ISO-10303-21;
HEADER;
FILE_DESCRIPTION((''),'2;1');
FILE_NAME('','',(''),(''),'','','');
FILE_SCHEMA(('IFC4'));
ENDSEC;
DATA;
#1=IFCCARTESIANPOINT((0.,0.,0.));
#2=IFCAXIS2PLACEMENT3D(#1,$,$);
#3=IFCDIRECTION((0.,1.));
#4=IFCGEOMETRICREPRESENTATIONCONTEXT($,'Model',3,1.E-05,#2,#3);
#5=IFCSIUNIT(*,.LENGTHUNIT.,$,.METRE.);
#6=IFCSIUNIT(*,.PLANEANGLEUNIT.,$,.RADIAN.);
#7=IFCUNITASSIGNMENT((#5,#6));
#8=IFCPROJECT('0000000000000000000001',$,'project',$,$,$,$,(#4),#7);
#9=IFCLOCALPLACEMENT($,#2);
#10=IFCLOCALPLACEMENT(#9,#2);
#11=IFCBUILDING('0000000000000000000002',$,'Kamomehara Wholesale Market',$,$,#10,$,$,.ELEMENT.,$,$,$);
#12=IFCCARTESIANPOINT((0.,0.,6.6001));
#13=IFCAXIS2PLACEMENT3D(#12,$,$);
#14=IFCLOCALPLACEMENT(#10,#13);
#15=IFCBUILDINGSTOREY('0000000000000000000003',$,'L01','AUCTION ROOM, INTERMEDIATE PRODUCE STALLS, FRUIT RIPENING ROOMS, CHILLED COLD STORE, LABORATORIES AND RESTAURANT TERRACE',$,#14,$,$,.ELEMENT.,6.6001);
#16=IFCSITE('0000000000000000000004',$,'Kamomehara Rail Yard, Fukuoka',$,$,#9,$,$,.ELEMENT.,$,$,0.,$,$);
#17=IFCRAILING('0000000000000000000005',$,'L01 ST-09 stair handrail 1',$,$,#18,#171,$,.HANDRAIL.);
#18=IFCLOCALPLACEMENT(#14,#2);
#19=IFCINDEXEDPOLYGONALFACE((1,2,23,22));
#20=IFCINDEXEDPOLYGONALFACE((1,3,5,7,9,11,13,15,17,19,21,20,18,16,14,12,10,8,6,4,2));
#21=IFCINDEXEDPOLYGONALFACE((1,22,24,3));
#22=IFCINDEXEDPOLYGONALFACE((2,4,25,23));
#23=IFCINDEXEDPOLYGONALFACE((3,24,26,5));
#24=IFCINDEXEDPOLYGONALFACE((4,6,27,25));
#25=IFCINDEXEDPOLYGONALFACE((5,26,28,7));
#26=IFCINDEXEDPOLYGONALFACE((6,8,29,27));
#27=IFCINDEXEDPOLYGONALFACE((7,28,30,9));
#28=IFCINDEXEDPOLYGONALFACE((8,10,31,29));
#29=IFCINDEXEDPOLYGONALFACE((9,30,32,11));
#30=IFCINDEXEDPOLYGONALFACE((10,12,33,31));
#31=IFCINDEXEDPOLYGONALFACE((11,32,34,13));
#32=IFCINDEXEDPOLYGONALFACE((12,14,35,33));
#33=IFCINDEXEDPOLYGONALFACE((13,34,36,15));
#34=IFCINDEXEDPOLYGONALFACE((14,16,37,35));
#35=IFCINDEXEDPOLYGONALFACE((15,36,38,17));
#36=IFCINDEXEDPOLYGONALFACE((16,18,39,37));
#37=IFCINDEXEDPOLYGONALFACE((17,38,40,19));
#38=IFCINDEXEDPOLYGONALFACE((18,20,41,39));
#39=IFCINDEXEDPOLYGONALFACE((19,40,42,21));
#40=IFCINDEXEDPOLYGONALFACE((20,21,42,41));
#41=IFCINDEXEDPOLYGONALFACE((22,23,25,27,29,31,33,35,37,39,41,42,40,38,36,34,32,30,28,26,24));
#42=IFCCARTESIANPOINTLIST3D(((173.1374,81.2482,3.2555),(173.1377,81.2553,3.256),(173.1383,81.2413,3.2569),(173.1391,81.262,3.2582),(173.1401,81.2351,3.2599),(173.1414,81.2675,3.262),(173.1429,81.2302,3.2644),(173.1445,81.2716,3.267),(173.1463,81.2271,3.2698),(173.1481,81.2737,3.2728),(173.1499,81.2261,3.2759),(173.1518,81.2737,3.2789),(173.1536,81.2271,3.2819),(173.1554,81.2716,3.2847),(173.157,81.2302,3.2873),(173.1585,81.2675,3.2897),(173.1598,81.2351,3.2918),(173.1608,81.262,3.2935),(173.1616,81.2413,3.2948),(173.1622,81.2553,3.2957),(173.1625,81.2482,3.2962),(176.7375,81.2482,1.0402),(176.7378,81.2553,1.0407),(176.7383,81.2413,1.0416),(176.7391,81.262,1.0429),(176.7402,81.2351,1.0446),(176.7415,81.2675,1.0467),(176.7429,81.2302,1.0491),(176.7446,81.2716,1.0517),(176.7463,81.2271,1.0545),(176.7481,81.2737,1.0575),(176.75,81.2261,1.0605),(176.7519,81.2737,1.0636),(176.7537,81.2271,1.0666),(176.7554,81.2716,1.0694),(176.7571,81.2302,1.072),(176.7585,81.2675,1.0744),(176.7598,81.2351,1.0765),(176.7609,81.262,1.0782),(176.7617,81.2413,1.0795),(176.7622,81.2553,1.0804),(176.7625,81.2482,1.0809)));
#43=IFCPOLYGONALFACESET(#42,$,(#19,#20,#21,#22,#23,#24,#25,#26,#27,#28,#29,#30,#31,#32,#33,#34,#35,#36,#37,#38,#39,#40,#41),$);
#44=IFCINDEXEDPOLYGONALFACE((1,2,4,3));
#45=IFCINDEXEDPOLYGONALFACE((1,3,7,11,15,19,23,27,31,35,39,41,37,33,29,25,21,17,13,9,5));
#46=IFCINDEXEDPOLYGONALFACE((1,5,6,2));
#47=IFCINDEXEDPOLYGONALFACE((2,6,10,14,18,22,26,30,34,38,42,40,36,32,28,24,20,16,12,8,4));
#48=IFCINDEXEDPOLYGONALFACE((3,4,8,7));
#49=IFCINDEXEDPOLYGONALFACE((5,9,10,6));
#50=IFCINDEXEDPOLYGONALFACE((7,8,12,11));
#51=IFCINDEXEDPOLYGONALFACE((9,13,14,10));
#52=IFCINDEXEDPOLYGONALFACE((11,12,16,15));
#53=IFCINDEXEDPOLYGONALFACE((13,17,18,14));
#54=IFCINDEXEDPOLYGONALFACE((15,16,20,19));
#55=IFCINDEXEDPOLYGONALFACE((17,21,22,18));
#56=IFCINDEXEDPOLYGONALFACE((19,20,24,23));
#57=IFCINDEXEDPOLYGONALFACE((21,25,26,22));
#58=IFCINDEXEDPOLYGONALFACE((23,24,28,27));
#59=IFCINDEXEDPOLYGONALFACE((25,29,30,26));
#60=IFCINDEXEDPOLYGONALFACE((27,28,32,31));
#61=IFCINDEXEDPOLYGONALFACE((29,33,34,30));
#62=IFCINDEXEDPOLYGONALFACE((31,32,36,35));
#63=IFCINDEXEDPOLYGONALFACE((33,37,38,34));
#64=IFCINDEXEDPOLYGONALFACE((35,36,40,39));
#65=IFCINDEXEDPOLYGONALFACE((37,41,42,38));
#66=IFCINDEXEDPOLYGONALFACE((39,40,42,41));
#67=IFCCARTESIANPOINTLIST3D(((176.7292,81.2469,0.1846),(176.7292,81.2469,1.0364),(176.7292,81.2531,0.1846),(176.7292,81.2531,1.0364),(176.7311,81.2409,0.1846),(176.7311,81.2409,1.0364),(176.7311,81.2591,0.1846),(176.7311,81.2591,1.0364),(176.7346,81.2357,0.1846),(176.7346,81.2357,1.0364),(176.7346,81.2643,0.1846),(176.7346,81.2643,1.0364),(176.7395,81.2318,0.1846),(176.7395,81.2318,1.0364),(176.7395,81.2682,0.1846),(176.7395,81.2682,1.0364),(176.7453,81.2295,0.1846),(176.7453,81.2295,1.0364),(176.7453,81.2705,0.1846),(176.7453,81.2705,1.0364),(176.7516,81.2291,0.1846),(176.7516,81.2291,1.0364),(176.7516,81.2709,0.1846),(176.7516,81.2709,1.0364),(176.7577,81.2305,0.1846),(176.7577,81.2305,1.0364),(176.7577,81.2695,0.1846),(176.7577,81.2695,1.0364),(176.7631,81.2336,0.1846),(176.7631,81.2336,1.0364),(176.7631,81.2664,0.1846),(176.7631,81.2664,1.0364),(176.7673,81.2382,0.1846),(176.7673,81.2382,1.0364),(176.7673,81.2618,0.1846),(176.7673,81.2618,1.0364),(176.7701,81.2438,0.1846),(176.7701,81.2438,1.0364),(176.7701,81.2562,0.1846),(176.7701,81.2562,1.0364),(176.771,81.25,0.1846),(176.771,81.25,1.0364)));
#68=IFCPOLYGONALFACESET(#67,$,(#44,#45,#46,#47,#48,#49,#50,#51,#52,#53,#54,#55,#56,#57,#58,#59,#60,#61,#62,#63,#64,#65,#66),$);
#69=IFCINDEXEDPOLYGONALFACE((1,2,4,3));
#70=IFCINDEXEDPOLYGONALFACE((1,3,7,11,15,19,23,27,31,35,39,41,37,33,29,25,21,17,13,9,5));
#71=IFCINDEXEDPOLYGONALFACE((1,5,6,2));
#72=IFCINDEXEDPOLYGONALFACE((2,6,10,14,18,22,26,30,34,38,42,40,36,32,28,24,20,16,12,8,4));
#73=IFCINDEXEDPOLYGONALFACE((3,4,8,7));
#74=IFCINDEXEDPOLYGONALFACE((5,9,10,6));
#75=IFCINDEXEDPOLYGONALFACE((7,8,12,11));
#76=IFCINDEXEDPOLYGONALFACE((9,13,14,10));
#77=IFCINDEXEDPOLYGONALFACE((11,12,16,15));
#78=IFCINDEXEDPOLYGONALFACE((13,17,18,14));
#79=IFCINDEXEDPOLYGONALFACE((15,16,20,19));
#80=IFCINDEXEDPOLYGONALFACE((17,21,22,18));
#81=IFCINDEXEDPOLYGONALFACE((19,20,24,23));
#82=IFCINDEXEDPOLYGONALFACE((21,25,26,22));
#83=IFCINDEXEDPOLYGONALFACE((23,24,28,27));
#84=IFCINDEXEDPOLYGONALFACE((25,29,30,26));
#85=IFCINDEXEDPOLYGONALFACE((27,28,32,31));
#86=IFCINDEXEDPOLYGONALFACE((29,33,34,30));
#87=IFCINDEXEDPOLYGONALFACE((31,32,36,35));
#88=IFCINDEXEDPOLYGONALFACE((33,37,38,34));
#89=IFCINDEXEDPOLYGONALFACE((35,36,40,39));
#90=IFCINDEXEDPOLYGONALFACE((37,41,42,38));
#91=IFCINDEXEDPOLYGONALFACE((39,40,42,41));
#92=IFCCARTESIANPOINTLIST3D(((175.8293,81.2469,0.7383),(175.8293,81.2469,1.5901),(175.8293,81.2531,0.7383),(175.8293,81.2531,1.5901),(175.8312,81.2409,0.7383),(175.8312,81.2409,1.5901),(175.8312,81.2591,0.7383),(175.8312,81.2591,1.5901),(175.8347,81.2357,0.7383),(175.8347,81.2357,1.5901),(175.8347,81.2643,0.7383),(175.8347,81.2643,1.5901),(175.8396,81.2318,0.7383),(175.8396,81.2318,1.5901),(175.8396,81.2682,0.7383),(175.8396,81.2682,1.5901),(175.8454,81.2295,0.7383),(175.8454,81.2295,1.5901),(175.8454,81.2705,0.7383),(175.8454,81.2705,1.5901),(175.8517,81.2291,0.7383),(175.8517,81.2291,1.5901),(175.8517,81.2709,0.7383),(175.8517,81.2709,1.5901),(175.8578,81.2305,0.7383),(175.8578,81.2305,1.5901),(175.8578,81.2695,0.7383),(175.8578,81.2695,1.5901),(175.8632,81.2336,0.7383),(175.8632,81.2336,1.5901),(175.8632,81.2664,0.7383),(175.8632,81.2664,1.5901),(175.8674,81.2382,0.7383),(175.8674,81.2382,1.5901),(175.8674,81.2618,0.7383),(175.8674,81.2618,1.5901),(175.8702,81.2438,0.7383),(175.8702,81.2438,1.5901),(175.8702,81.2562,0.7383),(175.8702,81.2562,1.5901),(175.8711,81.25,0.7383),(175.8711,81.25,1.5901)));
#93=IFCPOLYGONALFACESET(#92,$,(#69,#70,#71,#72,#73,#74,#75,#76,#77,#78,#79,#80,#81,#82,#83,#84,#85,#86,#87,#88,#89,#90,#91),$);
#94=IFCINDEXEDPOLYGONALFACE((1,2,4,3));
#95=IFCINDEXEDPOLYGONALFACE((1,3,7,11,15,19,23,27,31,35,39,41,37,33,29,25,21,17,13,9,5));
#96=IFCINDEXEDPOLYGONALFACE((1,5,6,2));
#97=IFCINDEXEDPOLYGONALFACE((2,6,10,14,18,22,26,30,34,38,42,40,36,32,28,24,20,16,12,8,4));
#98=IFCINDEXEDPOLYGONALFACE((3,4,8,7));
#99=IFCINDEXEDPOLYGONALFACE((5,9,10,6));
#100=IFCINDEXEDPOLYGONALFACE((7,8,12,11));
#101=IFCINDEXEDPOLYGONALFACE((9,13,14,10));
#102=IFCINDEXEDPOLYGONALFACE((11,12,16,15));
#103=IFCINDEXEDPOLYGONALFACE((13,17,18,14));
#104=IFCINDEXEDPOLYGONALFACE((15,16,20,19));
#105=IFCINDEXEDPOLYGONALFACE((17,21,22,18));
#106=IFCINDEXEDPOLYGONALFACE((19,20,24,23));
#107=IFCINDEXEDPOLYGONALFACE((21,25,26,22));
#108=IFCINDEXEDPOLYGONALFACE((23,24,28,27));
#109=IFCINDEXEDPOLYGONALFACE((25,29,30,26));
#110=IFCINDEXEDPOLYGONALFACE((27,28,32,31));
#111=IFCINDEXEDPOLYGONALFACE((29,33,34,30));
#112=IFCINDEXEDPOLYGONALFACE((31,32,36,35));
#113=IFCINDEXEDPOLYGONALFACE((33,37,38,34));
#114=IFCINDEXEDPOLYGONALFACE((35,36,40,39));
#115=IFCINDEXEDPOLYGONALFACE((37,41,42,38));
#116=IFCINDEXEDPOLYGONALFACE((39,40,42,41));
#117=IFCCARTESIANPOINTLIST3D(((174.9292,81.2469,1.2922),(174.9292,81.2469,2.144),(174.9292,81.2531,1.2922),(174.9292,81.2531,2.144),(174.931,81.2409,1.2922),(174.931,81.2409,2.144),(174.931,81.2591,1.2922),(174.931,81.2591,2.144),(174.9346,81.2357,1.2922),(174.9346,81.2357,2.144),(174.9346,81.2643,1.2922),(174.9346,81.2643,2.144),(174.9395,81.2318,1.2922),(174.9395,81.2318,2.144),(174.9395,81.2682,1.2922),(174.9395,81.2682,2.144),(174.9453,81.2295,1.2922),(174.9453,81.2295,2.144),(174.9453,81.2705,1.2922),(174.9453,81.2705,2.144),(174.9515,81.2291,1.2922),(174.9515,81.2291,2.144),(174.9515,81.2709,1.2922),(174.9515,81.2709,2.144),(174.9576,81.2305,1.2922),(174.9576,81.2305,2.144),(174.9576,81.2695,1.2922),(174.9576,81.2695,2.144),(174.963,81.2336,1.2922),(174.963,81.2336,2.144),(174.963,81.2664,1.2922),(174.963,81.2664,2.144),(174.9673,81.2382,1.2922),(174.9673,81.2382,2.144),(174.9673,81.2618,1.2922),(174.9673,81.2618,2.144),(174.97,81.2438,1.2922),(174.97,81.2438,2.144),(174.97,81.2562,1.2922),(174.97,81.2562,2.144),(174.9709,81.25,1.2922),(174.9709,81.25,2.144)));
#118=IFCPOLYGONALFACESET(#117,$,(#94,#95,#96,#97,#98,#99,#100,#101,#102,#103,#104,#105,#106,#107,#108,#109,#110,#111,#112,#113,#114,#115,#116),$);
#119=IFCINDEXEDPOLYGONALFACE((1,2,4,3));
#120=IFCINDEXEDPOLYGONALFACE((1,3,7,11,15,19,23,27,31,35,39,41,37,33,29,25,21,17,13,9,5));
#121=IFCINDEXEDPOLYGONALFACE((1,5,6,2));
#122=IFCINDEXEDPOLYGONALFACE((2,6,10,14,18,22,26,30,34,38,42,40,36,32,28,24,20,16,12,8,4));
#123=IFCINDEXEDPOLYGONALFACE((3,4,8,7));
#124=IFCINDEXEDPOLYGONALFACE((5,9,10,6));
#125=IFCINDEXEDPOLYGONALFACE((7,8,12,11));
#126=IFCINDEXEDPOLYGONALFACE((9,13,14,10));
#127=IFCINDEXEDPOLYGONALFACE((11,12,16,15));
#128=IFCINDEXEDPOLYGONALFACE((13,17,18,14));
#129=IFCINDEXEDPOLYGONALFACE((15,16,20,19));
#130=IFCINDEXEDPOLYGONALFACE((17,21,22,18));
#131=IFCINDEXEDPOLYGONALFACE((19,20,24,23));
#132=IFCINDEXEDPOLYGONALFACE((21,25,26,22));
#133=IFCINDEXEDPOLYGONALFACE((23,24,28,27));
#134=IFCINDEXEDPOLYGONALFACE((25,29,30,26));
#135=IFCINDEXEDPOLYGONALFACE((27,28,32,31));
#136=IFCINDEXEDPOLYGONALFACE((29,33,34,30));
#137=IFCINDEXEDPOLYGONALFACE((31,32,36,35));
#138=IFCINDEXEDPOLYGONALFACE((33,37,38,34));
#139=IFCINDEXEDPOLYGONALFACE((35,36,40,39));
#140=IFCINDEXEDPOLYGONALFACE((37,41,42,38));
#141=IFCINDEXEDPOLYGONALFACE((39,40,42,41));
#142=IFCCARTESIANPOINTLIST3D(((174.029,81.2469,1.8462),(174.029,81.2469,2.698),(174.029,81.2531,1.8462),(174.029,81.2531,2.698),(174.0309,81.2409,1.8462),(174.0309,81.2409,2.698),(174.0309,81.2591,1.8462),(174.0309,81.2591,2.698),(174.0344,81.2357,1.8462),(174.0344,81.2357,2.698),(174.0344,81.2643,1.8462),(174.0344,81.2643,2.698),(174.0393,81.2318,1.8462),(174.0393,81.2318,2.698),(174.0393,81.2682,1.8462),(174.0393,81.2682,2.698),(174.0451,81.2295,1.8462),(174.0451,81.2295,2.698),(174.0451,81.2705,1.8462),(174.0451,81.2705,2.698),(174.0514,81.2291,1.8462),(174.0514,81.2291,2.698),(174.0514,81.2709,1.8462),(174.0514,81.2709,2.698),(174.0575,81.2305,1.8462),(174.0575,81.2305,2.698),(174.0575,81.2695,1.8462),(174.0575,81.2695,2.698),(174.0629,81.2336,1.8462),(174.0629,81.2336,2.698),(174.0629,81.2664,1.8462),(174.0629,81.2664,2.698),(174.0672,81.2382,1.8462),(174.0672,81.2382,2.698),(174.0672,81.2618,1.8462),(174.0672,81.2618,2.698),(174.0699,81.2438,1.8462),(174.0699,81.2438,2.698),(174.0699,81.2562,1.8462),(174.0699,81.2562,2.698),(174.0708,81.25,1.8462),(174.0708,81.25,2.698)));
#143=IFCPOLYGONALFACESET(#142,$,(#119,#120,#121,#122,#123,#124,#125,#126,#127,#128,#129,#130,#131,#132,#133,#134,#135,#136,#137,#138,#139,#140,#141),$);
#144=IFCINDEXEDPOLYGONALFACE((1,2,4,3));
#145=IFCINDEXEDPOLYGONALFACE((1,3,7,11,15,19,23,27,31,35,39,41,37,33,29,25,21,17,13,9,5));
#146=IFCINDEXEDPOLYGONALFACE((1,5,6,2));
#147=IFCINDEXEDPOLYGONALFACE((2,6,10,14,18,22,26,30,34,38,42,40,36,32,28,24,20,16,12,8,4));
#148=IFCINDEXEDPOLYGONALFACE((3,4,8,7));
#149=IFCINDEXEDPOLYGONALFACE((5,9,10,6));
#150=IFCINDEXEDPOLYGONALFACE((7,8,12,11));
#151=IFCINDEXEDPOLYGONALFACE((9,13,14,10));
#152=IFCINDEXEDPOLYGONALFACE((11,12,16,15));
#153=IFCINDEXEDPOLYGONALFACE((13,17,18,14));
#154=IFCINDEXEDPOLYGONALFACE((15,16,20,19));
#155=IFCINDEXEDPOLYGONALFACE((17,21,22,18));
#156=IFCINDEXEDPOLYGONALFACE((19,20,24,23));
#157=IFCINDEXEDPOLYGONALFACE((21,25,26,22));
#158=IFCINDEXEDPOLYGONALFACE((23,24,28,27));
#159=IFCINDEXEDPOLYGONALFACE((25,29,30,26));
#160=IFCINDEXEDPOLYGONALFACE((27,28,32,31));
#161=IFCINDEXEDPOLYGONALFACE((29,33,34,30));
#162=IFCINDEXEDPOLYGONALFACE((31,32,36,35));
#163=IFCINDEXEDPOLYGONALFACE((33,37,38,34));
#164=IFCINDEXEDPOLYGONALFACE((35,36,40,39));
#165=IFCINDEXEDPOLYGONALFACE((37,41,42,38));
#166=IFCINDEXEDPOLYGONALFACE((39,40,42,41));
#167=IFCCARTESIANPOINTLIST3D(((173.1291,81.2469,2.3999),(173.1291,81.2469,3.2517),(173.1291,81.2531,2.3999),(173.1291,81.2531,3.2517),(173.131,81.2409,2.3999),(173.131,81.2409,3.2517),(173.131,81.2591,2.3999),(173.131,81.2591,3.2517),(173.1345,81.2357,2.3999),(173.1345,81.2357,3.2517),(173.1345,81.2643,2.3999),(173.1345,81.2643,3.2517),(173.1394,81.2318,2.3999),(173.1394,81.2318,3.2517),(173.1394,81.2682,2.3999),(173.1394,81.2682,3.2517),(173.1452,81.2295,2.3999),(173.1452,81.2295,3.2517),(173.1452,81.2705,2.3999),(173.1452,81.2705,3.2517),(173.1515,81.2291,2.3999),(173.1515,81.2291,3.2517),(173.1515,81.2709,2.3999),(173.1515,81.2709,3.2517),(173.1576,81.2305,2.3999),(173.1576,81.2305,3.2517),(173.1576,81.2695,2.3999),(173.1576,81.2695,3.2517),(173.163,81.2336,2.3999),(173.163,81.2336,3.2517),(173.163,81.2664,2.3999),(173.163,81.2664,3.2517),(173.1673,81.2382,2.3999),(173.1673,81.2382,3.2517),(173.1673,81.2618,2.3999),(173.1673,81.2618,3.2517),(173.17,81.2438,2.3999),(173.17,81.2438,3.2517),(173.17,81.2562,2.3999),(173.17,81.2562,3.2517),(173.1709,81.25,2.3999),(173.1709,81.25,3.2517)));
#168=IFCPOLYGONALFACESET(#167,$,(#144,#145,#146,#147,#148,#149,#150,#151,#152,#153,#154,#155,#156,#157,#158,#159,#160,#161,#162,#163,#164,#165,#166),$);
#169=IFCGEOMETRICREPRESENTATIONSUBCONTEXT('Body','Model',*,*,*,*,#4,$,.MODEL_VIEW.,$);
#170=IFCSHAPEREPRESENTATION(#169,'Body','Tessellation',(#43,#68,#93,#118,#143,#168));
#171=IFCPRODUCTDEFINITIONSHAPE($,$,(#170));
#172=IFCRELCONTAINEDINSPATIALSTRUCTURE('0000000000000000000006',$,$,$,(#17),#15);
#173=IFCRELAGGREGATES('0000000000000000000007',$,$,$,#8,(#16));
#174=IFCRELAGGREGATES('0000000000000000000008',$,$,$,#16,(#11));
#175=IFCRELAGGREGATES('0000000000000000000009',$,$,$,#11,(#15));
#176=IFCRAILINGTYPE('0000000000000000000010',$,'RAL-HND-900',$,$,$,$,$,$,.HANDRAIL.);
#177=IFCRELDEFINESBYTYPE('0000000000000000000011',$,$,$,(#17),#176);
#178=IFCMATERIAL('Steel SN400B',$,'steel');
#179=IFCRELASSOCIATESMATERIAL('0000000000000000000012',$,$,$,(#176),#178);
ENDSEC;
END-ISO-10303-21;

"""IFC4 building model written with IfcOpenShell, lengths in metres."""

from ifc_helpers import new_model, si_unit, direction, frame, origin, origin_2d, place, context, subcontext, project, spatial, circle, extrude, material, type_object, element, save


model = new_model("IFC4")

# Units and contexts
model_context = context("Model", 3, precision=1e-05, world=origin(), true_north=direction((0.0, 1.0)))
body_context = subcontext(model_context, "Body", "Model", "MODEL_VIEW")
ifc_project = project(units=[si_unit("LENGTHUNIT", "METRE"), si_unit("PLANEANGLEUNIT", "RADIAN")], contexts=[model_context])

# Site, building, storey
site_placement = place(None, origin())
site = spatial("IfcSite", under=ifc_project, at=site_placement, Name="Kamomehara Rail Yard, Fukuoka", CompositionType="ELEMENT", RefElevation=0.0)
building_placement = place(site_placement, origin())
building = spatial("IfcBuilding", under=site, at=building_placement, Name="Kamomehara Wholesale Market", CompositionType="ELEMENT")
storey_placement = place(building_placement, frame((0.0, 0.0, 6.6001)))
storey = spatial("IfcBuildingStorey", under=building, at=storey_placement, Name="L01", Description="AUCTION ROOM, INTERMEDIATE PRODUCE STALLS, FRUIT RIPENING ROOMS, CHILLED COLD STORE, LABORATORIES AND RESTAURANT TERRACE", CompositionType="ELEMENT", Elevation=6.6001)

# Railing
ifc_material_1 = material(Name="Steel SN400B", Category="steel")
railing_type_1 = type_object("IfcRailingType", Name="RAL-HND-900", PredefinedType="HANDRAIL", material=ifc_material_1)
railing_1_placement = place(storey_placement, frame((176.75, 81.25, 0.1846)))
element("IfcRailing", 1, at=railing_1_placement, inside=storey, type_object=railing_type_1, Name="L01 ST-09 stair handrail 1", PredefinedType="HANDRAIL", context=body_context, shape_type="SweptSolid", body=[
    extrude(circle(Radius=0.0239, at=origin_2d()), frame((0.0, 0.0, 0.876), z_axis=(-0.85167, 0.0, 0.524078), x_axis=(0.0, -1.0, 0.0)), (0.0, 0.0, 1.0), 4.2271),
    extrude(circle(Radius=0.021, at=origin_2d()), origin(), (0.0, 0.0, 1.0), 0.8518),
    extrude(circle(Radius=0.021, at=origin_2d()), frame((-0.8999, 0.0, 0.5537)), (0.0, 0.0, 1.0), 0.8518),
    extrude(circle(Radius=0.021, at=origin_2d()), frame((-1.8, 0.0, 1.1077)), (0.0, 0.0, 1.0), 0.8518),
    extrude(circle(Radius=0.021, at=origin_2d()), frame((-2.7002, 0.0, 1.6616)), (0.0, 0.0, 1.0), 0.8518),
    extrude(circle(Radius=0.021, at=origin_2d()), frame((-3.6001, 0.0, 2.2153)), (0.0, 0.0, 1.0), 0.8518),
])

save(model, "model.ifc")
